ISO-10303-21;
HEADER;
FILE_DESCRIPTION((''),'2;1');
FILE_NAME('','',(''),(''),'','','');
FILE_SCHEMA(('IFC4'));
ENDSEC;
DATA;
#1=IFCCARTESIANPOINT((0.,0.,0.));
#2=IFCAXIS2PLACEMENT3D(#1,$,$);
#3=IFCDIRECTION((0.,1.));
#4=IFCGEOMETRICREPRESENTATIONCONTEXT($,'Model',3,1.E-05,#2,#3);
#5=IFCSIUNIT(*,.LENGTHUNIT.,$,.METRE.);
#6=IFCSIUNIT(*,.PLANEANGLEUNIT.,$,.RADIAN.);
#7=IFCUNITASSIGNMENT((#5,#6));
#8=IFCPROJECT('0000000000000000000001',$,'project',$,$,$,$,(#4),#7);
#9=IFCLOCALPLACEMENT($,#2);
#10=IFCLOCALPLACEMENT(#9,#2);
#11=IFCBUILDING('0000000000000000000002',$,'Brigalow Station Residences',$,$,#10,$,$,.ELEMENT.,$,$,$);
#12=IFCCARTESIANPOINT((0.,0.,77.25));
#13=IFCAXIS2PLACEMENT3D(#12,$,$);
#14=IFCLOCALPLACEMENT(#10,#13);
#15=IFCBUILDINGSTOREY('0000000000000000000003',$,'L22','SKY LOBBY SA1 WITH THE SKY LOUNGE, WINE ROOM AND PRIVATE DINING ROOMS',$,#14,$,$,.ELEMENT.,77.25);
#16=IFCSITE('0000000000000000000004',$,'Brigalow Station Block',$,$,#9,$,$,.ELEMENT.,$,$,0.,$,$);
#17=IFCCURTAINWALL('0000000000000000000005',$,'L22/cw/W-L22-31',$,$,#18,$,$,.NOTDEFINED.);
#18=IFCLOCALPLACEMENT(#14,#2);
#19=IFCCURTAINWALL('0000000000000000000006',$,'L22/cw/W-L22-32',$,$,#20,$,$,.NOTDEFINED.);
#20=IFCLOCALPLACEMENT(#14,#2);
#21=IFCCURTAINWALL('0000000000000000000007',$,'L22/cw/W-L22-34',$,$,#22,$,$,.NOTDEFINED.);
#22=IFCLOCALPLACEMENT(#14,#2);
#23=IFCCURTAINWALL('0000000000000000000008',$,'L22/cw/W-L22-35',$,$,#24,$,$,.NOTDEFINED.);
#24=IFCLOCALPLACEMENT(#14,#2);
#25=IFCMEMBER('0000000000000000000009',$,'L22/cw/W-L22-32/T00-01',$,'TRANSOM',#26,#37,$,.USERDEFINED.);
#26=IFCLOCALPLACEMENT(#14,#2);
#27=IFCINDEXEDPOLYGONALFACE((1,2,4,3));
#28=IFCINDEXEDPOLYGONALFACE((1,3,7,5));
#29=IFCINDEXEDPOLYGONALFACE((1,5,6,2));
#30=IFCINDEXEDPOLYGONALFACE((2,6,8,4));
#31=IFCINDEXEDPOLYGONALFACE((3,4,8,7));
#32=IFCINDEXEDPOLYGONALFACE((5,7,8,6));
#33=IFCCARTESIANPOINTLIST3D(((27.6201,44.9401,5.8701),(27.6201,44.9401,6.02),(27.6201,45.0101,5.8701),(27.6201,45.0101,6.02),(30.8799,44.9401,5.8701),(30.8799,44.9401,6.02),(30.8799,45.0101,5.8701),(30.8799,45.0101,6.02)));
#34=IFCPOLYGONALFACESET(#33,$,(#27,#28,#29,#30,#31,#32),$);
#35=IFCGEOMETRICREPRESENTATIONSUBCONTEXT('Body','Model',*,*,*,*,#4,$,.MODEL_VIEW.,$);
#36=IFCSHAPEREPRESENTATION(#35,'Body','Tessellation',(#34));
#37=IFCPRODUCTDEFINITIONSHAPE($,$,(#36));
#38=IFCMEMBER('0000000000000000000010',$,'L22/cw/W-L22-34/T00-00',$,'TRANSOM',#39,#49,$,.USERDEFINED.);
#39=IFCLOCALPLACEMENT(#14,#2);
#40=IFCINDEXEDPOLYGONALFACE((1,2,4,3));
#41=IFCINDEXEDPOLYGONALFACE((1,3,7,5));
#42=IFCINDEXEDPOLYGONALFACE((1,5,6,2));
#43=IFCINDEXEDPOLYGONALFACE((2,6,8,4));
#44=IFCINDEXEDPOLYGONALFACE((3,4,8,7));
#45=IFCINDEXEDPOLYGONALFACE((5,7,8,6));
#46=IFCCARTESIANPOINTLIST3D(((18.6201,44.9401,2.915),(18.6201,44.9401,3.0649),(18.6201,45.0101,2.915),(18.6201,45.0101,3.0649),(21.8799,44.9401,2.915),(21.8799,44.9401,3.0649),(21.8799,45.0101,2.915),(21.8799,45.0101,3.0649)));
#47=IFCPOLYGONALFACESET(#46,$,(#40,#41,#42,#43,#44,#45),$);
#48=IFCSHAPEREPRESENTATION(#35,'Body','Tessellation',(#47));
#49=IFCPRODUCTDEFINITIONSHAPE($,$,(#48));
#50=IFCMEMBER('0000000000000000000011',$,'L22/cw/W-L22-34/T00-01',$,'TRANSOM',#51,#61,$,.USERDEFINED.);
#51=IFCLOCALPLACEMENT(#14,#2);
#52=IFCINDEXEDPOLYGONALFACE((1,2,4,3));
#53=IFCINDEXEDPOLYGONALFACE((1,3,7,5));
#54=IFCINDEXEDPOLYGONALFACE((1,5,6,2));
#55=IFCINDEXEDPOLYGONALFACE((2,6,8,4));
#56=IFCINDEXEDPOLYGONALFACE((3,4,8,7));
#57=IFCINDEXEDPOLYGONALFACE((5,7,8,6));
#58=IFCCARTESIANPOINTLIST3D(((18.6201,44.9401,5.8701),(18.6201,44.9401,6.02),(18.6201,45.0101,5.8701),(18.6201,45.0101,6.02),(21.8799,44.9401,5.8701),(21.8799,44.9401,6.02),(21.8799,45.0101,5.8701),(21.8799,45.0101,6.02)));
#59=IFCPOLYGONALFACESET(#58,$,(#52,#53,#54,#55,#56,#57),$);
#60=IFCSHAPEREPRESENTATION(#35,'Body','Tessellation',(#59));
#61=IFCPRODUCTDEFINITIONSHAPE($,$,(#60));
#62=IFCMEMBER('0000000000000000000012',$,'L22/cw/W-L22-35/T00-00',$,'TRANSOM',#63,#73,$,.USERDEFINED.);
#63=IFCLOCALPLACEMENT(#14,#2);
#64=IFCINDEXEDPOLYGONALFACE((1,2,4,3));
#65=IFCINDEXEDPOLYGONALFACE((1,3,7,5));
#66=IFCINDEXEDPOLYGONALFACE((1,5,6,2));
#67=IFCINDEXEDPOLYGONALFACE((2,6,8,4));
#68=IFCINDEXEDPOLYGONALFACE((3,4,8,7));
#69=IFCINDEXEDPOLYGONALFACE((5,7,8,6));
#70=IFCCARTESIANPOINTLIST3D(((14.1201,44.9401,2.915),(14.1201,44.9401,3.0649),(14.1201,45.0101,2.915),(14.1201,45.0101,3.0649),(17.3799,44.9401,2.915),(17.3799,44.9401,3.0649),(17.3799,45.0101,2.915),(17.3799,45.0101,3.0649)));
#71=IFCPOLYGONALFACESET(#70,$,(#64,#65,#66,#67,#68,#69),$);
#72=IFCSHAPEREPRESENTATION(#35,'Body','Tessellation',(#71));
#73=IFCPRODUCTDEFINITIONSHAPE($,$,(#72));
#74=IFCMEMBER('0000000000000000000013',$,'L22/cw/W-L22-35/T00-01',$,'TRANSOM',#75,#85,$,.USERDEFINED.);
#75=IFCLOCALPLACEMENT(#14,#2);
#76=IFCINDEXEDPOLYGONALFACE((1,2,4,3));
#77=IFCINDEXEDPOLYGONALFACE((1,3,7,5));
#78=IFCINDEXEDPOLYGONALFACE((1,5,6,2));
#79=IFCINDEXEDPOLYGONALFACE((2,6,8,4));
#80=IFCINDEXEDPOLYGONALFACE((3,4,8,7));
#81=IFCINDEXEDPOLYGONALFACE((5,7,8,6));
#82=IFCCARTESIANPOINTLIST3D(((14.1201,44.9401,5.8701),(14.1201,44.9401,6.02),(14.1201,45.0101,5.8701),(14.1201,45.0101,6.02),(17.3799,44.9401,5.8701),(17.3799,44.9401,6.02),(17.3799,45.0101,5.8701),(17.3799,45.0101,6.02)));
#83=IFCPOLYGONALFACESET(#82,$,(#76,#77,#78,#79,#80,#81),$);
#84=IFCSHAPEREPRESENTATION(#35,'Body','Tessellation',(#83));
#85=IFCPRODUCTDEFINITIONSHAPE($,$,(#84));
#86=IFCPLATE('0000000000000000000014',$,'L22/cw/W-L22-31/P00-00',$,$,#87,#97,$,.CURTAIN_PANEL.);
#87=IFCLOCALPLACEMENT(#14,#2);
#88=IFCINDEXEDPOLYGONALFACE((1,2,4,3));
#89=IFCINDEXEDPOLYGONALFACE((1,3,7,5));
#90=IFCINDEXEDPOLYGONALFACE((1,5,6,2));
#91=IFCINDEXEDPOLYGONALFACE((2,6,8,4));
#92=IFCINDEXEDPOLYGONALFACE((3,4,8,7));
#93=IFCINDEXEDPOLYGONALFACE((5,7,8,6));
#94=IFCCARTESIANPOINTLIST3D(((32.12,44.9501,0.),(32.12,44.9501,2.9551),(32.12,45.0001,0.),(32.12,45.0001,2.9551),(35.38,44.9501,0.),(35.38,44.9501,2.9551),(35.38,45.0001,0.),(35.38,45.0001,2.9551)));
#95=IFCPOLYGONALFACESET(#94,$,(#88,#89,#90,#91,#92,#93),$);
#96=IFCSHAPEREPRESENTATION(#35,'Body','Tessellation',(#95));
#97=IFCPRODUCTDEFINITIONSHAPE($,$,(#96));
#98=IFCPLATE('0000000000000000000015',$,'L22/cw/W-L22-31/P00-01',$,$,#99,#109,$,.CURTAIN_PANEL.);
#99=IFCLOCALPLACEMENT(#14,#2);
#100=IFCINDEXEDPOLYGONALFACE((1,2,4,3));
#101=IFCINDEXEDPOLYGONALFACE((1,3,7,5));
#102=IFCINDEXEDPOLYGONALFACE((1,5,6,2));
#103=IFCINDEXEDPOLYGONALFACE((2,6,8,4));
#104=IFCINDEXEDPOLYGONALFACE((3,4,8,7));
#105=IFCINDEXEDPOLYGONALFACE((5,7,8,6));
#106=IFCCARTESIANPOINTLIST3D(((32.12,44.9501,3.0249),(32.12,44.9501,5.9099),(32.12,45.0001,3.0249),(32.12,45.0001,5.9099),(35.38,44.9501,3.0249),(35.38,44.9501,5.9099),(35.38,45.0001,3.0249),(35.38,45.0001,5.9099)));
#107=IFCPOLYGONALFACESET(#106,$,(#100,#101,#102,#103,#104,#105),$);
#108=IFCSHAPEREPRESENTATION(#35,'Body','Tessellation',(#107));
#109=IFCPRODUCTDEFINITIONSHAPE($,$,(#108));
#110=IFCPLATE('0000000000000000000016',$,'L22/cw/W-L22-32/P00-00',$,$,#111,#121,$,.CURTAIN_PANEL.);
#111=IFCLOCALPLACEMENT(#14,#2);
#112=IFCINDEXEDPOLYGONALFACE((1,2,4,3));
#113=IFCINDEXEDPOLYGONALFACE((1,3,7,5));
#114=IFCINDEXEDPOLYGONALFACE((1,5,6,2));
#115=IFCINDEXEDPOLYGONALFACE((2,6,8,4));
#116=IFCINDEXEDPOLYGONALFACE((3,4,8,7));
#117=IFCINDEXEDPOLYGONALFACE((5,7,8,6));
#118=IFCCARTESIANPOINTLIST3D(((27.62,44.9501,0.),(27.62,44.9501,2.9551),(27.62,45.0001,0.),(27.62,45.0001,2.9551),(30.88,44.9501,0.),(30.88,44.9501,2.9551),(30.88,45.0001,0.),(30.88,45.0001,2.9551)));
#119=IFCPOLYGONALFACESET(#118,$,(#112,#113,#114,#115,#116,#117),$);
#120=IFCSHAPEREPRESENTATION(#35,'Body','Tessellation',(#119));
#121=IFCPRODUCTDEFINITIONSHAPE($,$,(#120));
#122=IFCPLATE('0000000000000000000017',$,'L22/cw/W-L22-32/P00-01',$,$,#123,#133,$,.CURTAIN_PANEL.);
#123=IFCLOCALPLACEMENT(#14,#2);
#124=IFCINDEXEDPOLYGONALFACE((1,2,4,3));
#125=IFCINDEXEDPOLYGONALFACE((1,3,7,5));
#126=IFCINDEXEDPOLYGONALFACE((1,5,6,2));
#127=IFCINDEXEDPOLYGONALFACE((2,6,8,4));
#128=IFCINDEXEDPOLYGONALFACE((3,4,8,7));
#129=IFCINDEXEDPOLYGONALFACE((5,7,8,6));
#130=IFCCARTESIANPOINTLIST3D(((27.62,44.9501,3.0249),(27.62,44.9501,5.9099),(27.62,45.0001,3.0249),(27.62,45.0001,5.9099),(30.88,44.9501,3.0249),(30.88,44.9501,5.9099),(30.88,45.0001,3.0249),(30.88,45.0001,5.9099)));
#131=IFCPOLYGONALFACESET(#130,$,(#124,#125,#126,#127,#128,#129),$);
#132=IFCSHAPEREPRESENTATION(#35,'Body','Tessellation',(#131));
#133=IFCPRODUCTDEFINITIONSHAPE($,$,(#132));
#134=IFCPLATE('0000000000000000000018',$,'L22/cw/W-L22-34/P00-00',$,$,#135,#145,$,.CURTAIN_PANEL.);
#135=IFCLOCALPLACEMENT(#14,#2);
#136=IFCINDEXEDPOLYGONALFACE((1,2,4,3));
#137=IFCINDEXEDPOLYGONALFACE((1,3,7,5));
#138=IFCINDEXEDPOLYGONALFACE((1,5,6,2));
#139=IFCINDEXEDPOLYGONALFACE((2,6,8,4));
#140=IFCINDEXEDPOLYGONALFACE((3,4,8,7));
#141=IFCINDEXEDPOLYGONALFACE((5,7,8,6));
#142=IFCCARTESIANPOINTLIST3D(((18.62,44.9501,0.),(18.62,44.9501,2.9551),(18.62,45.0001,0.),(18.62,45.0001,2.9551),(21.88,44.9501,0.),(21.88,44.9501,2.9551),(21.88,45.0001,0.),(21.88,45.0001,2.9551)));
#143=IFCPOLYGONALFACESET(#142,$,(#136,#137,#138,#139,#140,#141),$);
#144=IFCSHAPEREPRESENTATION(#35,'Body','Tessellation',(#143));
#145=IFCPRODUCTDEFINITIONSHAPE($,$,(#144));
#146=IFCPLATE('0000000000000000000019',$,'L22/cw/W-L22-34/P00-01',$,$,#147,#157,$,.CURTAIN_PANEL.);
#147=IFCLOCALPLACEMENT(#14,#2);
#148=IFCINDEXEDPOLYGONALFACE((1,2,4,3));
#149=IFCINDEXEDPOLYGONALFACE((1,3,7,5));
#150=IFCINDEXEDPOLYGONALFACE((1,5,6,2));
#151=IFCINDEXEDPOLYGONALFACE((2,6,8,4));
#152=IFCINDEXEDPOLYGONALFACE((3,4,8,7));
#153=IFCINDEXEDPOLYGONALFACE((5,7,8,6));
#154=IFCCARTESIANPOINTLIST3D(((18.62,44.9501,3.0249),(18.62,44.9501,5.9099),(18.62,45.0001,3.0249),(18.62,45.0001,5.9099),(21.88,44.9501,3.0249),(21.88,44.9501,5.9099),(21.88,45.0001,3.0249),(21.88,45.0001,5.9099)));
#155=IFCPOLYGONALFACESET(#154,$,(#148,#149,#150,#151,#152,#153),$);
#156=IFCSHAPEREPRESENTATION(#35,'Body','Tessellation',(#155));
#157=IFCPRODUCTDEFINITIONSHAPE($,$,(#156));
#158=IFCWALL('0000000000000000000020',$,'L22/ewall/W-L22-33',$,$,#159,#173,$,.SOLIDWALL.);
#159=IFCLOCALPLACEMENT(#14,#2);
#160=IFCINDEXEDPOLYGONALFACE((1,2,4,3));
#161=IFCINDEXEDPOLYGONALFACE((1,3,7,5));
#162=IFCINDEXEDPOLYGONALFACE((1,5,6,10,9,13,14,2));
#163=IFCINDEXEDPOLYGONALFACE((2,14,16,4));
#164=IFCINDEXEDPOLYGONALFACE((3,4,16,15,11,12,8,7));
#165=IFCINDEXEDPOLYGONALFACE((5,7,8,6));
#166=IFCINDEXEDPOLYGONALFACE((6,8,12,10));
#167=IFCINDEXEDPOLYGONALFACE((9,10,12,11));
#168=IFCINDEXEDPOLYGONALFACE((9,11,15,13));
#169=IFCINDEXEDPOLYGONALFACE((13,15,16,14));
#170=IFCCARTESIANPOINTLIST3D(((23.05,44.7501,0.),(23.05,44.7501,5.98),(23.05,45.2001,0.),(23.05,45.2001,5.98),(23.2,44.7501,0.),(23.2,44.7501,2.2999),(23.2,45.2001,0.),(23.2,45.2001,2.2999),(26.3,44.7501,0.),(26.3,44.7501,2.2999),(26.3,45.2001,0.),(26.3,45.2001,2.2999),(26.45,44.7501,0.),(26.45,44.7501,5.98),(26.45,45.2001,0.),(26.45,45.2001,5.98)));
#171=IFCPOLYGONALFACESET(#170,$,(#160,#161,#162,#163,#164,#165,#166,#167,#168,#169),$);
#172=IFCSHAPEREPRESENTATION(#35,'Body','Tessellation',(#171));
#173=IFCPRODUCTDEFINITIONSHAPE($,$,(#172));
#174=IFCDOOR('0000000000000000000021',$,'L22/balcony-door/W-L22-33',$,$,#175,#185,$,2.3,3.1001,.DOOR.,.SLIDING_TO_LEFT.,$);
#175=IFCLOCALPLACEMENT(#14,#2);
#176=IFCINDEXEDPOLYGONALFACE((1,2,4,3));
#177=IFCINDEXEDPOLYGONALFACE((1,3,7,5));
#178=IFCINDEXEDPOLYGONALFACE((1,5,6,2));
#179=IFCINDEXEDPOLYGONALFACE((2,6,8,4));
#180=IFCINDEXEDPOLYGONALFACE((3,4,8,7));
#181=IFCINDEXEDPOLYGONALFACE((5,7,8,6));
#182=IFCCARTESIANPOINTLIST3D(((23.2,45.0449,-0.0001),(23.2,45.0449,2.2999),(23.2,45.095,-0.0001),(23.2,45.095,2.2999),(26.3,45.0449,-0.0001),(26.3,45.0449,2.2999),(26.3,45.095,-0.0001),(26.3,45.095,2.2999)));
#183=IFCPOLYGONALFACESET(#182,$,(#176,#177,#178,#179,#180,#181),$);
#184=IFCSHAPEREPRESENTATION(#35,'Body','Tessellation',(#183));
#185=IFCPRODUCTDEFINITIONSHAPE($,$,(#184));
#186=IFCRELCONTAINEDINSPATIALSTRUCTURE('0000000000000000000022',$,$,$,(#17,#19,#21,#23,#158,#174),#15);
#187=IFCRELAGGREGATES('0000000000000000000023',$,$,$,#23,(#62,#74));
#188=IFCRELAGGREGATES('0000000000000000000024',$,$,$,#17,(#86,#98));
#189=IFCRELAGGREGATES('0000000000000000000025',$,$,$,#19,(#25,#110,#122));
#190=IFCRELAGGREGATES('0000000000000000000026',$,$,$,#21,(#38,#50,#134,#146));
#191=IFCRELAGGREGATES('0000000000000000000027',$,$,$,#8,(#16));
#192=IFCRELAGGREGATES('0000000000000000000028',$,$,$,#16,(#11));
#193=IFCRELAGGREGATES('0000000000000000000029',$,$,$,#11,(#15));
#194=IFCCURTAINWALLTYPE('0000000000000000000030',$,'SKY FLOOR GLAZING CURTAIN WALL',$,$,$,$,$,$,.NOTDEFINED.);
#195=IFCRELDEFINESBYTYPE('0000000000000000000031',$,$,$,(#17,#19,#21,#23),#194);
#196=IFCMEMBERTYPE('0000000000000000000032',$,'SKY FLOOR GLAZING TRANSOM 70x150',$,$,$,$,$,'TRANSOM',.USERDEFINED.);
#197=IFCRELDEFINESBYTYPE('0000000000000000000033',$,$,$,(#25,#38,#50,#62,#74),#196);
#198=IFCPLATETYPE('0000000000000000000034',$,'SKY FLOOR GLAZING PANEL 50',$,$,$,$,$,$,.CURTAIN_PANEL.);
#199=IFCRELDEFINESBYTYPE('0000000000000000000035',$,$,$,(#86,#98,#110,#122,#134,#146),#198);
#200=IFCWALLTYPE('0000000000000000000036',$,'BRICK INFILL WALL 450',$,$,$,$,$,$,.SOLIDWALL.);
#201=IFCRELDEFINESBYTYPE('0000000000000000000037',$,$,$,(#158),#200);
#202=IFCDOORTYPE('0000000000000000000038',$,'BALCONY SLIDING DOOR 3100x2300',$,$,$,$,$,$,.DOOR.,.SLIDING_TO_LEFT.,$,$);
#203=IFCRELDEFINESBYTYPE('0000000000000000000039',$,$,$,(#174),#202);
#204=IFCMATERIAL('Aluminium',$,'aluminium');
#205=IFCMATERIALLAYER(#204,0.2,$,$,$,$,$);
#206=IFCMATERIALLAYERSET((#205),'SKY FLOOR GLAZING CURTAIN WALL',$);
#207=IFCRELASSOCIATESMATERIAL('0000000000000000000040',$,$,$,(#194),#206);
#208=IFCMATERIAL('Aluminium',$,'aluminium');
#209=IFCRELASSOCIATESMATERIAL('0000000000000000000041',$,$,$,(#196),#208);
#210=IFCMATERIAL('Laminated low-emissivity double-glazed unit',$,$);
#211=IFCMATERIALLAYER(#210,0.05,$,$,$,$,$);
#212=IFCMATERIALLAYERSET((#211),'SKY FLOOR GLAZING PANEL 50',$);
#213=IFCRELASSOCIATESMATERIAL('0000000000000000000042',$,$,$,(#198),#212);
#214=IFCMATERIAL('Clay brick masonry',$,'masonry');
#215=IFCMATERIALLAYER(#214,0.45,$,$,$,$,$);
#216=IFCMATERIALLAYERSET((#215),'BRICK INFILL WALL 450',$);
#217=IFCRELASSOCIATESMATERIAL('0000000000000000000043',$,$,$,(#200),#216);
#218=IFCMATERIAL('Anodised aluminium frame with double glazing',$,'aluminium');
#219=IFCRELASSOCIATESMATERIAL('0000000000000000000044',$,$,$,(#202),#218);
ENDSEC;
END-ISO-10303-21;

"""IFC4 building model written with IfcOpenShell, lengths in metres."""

from ifc_helpers import new_model, si_unit, direction, frame, frame_2d, origin, origin_2d, place, context, subcontext, project, spatial, rectangle, extrude, material, layer, layer_set, material_profile, profile_set, type_object, element, fill, aggregate, save


model = new_model("IFC4")

# Units and contexts
model_context = context("Model", 3, precision=1e-05, world=origin(), true_north=direction((0.0, 1.0)))
body_context = subcontext(model_context, "Body", "Model", "MODEL_VIEW")
ifc_project = project(units=[si_unit("LENGTHUNIT", "METRE"), si_unit("PLANEANGLEUNIT", "RADIAN")], contexts=[model_context])

# Site, building, storey
site_placement = place(None, origin())
site = spatial("IfcSite", under=ifc_project, at=site_placement, Name="Brigalow Station Block", CompositionType="ELEMENT", RefElevation=0.0)
building_placement = place(site_placement, origin())
building = spatial("IfcBuilding", under=site, at=building_placement, Name="Brigalow Station Residences", CompositionType="ELEMENT")
storey_placement = place(building_placement, frame((0.0, 0.0, 77.25)))
storey = spatial("IfcBuildingStorey", under=building, at=storey_placement, Name="L22", Description="SKY LOBBY SA1 WITH THE SKY LOUNGE, WINE ROOM AND PRIVATE DINING ROOMS", CompositionType="ELEMENT", Elevation=77.25)

# Curtain walls
ifc_material_1 = material(Name="Aluminium", Category="aluminium")
ifc_layer_1 = layer(ifc_material_1, 0.2)
ifc_layer_set_1 = layer_set([ifc_layer_1], Name="SKY FLOOR GLAZING CURTAIN WALL")
curtain_wall_type = type_object("IfcCurtainWallType", Name="SKY FLOOR GLAZING CURTAIN WALL", PredefinedType="NOTDEFINED", material=ifc_layer_set_1)
curtain_wall_1_placement = place(storey_placement, origin())
curtain_wall_1 = element("IfcCurtainWall", 1, at=curtain_wall_1_placement, inside=storey, type_object=curtain_wall_type, Name="L22/cw/W-L22-31", PredefinedType="NOTDEFINED")
curtain_wall_2_placement = place(storey_placement, origin())
curtain_wall_2 = element("IfcCurtainWall", 2, at=curtain_wall_2_placement, inside=storey, type_object=curtain_wall_type, Name="L22/cw/W-L22-32", PredefinedType="NOTDEFINED")
curtain_wall_3_placement = place(storey_placement, origin())
curtain_wall_3 = element("IfcCurtainWall", 3, at=curtain_wall_3_placement, inside=storey, type_object=curtain_wall_type, Name="L22/cw/W-L22-34", PredefinedType="NOTDEFINED")

# Curtain wall
curtain_wall_4_placement = place(storey_placement, origin())
curtain_wall_4 = element("IfcCurtainWall", 4, at=curtain_wall_4_placement, inside=storey, type_object=curtain_wall_type, Name="L22/cw/W-L22-35", PredefinedType="NOTDEFINED")

# Members
ifc_material_2 = material(Name="Aluminium", Category="aluminium")
ifc_material_profile_1 = material_profile(ifc_material_2, rectangle(XDim=0.0701, YDim=0.1499, at=origin_2d()), Name="SKY FLOOR GLAZING TRANSOM 70x150")
ifc_profile_set_1 = profile_set([ifc_material_profile_1], Name="Aluminium")
member_type_1 = type_object("IfcMemberType", Name="SKY FLOOR GLAZING TRANSOM 70x150", ElementType="TRANSOM", PredefinedType="USERDEFINED", material=ifc_profile_set_1)
member_1_placement = place(storey_placement, frame((30.8799, 44.9751, 5.9451), z_axis=(-1.0, 0.0, 0.0), x_axis=(0.0, -1.0, 0.0)))
member_1 = element("IfcMember", 5, at=member_1_placement, type_object=member_type_1, Name="L22/cw/W-L22-32/T00-01", ObjectType="TRANSOM", PredefinedType="USERDEFINED", context=body_context, shape_type="SweptSolid", body=[
    extrude(rectangle(XDim=0.0701, YDim=0.1499, at=origin_2d()), origin(), (0.0, 0.0, 1.0), 3.2598),
])
member_2_placement = place(storey_placement, frame((21.8799, 44.9751, 2.99), z_axis=(-1.0, 0.0, 0.0), x_axis=(0.0, -1.0, 0.0)))
member_2 = element("IfcMember", 6, at=member_2_placement, type_object=member_type_1, Name="L22/cw/W-L22-34/T00-00", ObjectType="TRANSOM", PredefinedType="USERDEFINED", context=body_context, shape_type="SweptSolid", body=[
    extrude(rectangle(XDim=0.0701, YDim=0.1499, at=origin_2d()), origin(), (0.0, 0.0, 1.0), 3.2598),
])
member_3_placement = place(storey_placement, frame((21.8799, 44.9751, 5.9451), z_axis=(-1.0, 0.0, 0.0), x_axis=(0.0, -1.0, 0.0)))
member_3 = element("IfcMember", 7, at=member_3_placement, type_object=member_type_1, Name="L22/cw/W-L22-34/T00-01", ObjectType="TRANSOM", PredefinedType="USERDEFINED", context=body_context, shape_type="SweptSolid", body=[
    extrude(rectangle(XDim=0.0701, YDim=0.1499, at=origin_2d()), origin(), (0.0, 0.0, 1.0), 3.2598),
])
member_4_placement = place(storey_placement, frame((17.3799, 44.9751, 2.99), z_axis=(-1.0, 0.0, 0.0), x_axis=(0.0, -1.0, 0.0)))
member_4 = element("IfcMember", 8, at=member_4_placement, type_object=member_type_1, Name="L22/cw/W-L22-35/T00-00", ObjectType="TRANSOM", PredefinedType="USERDEFINED", context=body_context, shape_type="SweptSolid", body=[
    extrude(rectangle(XDim=0.0701, YDim=0.1499, at=origin_2d()), origin(), (0.0, 0.0, 1.0), 3.2598),
])
member_5_placement = place(storey_placement, frame((17.3799, 44.9751, 5.9451), z_axis=(-1.0, 0.0, 0.0), x_axis=(0.0, -1.0, 0.0)))
member_5 = element("IfcMember", 9, at=member_5_placement, type_object=member_type_1, Name="L22/cw/W-L22-35/T00-01", ObjectType="TRANSOM", PredefinedType="USERDEFINED", context=body_context, shape_type="SweptSolid", body=[
    extrude(rectangle(XDim=0.0701, YDim=0.1499, at=origin_2d()), origin(), (0.0, 0.0, 1.0), 3.2598),
])
aggregate(curtain_wall_4, [member_4, member_5])

# Plates
ifc_material_3 = material(Name="Laminated low-emissivity double-glazed unit")
ifc_layer_2 = layer(ifc_material_3, 0.05)
ifc_layer_set_2 = layer_set([ifc_layer_2], Name="SKY FLOOR GLAZING PANEL 50")
plate_type = type_object("IfcPlateType", Name="SKY FLOOR GLAZING PANEL 50", PredefinedType="CURTAIN_PANEL", material=ifc_layer_set_2)
plate_1_placement = place(storey_placement, frame((33.75, 44.9751, 0.0), z_axis=(0.0, 0.0, 1.0), x_axis=(-1.0, 0.0, 0.0)))
plate_1 = element("IfcPlate", 10, at=plate_1_placement, type_object=plate_type, Name="L22/cw/W-L22-31/P00-00", PredefinedType="CURTAIN_PANEL", context=body_context, shape_type="SweptSolid", body=[
    extrude(rectangle(XDim=3.26, YDim=0.05, at=origin_2d()), origin(), (0.0, 0.0, 1.0), 2.9551),
])
plate_2_placement = place(storey_placement, frame((33.75, 44.9751, 3.0249), z_axis=(0.0, 0.0, 1.0), x_axis=(-1.0, 0.0, 0.0)))
plate_2 = element("IfcPlate", 11, at=plate_2_placement, type_object=plate_type, Name="L22/cw/W-L22-31/P00-01", PredefinedType="CURTAIN_PANEL", context=body_context, shape_type="SweptSolid", body=[
    extrude(rectangle(XDim=3.26, YDim=0.05, at=origin_2d()), origin(), (0.0, 0.0, 1.0), 2.885),
])
aggregate(curtain_wall_1, [plate_1, plate_2])
plate_3_placement = place(storey_placement, frame((29.25, 44.9751, 0.0), z_axis=(0.0, 0.0, 1.0), x_axis=(-1.0, 0.0, 0.0)))
plate_3 = element("IfcPlate", 12, at=plate_3_placement, type_object=plate_type, Name="L22/cw/W-L22-32/P00-00", PredefinedType="CURTAIN_PANEL", context=body_context, shape_type="SweptSolid", body=[
    extrude(rectangle(XDim=3.26, YDim=0.05, at=origin_2d()), origin(), (0.0, 0.0, 1.0), 2.9551),
])
plate_4_placement = place(storey_placement, frame((29.25, 44.9751, 3.0249), z_axis=(0.0, 0.0, 1.0), x_axis=(-1.0, 0.0, 0.0)))
plate_4 = element("IfcPlate", 13, at=plate_4_placement, type_object=plate_type, Name="L22/cw/W-L22-32/P00-01", PredefinedType="CURTAIN_PANEL", context=body_context, shape_type="SweptSolid", body=[
    extrude(rectangle(XDim=3.26, YDim=0.05, at=origin_2d()), origin(), (0.0, 0.0, 1.0), 2.885),
])
aggregate(curtain_wall_2, [member_1, plate_3, plate_4])
plate_5_placement = place(storey_placement, frame((20.25, 44.9751, 0.0), z_axis=(0.0, 0.0, 1.0), x_axis=(-1.0, 0.0, 0.0)))
plate_5 = element("IfcPlate", 14, at=plate_5_placement, type_object=plate_type, Name="L22/cw/W-L22-34/P00-00", PredefinedType="CURTAIN_PANEL", context=body_context, shape_type="SweptSolid", body=[
    extrude(rectangle(XDim=3.26, YDim=0.05, at=origin_2d()), origin(), (0.0, 0.0, 1.0), 2.9551),
])
plate_6_placement = place(storey_placement, frame((20.25, 44.9751, 3.0249), z_axis=(0.0, 0.0, 1.0), x_axis=(-1.0, 0.0, 0.0)))
plate_6 = element("IfcPlate", 15, at=plate_6_placement, type_object=plate_type, Name="L22/cw/W-L22-34/P00-01", PredefinedType="CURTAIN_PANEL", context=body_context, shape_type="SweptSolid", body=[
    extrude(rectangle(XDim=3.26, YDim=0.05, at=origin_2d()), origin(), (0.0, 0.0, 1.0), 2.885),
])
aggregate(curtain_wall_3, [member_2, member_3, plate_5, plate_6])

# Wall, opening, door
ifc_material_4 = material(Name="Clay brick masonry", Category="masonry")
ifc_layer_3 = layer(ifc_material_4, 0.45)
ifc_layer_set_3 = layer_set([ifc_layer_3], Name="BRICK INFILL WALL 450")
wall_type_1 = type_object("IfcWallType", Name="BRICK INFILL WALL 450", PredefinedType="SOLIDWALL", material=ifc_layer_set_3)
wall_1_placement = place(storey_placement, frame((26.45, 44.9751, 0.0), z_axis=(0.0, 0.0, 1.0), x_axis=(-1.0, 0.0, 0.0)))
wall_1 = element("IfcWall", 16, at=wall_1_placement, inside=storey, type_object=wall_type_1, Name="L22/ewall/W-L22-33", PredefinedType="SOLIDWALL", context=body_context, shape_type="SweptSolid", body=[
    extrude(rectangle(XDim=3.3999, YDim=0.45, at=frame_2d((1.7, 0.0))), origin(), (0.0, 0.0, 1.0), 5.98),
])
opening_1_placement = place(wall_1_placement, frame((0.1499, 0.0, 0.0)))
opening_1 = element("IfcOpeningElement", 17, at=opening_1_placement, cuts=wall_1, PredefinedType="OPENING", context=body_context, shape_type="SweptSolid", body=[
    extrude(rectangle(XDim=3.1001, YDim=2.3, at=frame_2d((1.55, 1.1499))), frame((0.0, 0.2349, 0.0), z_axis=(0.0, -1.0, 0.0), x_axis=(1.0, 0.0, 0.0)), (0.0, 0.0, 1.0), 0.47),
])
ifc_material_5 = material(Name="Anodised aluminium frame with double glazing", Category="aluminium")
door_type_1 = type_object("IfcDoorType", Name="BALCONY SLIDING DOOR 3100x2300", OperationType="SLIDING_TO_LEFT", PredefinedType="DOOR", material=ifc_material_5)
door_1_placement = place(opening_1_placement, origin())
door_1 = element("IfcDoor", 18, at=door_1_placement, inside=storey, type_object=door_type_1, Name="L22/balcony-door/W-L22-33", OperationType="SLIDING_TO_LEFT", OverallHeight=2.3, OverallWidth=3.1001, PredefinedType="DOOR", context=body_context, shape_type="SweptSolid", body=[
    extrude(rectangle(XDim=3.1001, YDim=2.3, at=frame_2d((1.55, 1.1499))), frame((0.0, -0.0698, 0.0), z_axis=(0.0, -1.0, 0.0), x_axis=(1.0, 0.0, 0.0)), (0.0, 0.0, 1.0), 0.05),
])
fill(opening_1, door_1)

save(model, "model.ifc")
